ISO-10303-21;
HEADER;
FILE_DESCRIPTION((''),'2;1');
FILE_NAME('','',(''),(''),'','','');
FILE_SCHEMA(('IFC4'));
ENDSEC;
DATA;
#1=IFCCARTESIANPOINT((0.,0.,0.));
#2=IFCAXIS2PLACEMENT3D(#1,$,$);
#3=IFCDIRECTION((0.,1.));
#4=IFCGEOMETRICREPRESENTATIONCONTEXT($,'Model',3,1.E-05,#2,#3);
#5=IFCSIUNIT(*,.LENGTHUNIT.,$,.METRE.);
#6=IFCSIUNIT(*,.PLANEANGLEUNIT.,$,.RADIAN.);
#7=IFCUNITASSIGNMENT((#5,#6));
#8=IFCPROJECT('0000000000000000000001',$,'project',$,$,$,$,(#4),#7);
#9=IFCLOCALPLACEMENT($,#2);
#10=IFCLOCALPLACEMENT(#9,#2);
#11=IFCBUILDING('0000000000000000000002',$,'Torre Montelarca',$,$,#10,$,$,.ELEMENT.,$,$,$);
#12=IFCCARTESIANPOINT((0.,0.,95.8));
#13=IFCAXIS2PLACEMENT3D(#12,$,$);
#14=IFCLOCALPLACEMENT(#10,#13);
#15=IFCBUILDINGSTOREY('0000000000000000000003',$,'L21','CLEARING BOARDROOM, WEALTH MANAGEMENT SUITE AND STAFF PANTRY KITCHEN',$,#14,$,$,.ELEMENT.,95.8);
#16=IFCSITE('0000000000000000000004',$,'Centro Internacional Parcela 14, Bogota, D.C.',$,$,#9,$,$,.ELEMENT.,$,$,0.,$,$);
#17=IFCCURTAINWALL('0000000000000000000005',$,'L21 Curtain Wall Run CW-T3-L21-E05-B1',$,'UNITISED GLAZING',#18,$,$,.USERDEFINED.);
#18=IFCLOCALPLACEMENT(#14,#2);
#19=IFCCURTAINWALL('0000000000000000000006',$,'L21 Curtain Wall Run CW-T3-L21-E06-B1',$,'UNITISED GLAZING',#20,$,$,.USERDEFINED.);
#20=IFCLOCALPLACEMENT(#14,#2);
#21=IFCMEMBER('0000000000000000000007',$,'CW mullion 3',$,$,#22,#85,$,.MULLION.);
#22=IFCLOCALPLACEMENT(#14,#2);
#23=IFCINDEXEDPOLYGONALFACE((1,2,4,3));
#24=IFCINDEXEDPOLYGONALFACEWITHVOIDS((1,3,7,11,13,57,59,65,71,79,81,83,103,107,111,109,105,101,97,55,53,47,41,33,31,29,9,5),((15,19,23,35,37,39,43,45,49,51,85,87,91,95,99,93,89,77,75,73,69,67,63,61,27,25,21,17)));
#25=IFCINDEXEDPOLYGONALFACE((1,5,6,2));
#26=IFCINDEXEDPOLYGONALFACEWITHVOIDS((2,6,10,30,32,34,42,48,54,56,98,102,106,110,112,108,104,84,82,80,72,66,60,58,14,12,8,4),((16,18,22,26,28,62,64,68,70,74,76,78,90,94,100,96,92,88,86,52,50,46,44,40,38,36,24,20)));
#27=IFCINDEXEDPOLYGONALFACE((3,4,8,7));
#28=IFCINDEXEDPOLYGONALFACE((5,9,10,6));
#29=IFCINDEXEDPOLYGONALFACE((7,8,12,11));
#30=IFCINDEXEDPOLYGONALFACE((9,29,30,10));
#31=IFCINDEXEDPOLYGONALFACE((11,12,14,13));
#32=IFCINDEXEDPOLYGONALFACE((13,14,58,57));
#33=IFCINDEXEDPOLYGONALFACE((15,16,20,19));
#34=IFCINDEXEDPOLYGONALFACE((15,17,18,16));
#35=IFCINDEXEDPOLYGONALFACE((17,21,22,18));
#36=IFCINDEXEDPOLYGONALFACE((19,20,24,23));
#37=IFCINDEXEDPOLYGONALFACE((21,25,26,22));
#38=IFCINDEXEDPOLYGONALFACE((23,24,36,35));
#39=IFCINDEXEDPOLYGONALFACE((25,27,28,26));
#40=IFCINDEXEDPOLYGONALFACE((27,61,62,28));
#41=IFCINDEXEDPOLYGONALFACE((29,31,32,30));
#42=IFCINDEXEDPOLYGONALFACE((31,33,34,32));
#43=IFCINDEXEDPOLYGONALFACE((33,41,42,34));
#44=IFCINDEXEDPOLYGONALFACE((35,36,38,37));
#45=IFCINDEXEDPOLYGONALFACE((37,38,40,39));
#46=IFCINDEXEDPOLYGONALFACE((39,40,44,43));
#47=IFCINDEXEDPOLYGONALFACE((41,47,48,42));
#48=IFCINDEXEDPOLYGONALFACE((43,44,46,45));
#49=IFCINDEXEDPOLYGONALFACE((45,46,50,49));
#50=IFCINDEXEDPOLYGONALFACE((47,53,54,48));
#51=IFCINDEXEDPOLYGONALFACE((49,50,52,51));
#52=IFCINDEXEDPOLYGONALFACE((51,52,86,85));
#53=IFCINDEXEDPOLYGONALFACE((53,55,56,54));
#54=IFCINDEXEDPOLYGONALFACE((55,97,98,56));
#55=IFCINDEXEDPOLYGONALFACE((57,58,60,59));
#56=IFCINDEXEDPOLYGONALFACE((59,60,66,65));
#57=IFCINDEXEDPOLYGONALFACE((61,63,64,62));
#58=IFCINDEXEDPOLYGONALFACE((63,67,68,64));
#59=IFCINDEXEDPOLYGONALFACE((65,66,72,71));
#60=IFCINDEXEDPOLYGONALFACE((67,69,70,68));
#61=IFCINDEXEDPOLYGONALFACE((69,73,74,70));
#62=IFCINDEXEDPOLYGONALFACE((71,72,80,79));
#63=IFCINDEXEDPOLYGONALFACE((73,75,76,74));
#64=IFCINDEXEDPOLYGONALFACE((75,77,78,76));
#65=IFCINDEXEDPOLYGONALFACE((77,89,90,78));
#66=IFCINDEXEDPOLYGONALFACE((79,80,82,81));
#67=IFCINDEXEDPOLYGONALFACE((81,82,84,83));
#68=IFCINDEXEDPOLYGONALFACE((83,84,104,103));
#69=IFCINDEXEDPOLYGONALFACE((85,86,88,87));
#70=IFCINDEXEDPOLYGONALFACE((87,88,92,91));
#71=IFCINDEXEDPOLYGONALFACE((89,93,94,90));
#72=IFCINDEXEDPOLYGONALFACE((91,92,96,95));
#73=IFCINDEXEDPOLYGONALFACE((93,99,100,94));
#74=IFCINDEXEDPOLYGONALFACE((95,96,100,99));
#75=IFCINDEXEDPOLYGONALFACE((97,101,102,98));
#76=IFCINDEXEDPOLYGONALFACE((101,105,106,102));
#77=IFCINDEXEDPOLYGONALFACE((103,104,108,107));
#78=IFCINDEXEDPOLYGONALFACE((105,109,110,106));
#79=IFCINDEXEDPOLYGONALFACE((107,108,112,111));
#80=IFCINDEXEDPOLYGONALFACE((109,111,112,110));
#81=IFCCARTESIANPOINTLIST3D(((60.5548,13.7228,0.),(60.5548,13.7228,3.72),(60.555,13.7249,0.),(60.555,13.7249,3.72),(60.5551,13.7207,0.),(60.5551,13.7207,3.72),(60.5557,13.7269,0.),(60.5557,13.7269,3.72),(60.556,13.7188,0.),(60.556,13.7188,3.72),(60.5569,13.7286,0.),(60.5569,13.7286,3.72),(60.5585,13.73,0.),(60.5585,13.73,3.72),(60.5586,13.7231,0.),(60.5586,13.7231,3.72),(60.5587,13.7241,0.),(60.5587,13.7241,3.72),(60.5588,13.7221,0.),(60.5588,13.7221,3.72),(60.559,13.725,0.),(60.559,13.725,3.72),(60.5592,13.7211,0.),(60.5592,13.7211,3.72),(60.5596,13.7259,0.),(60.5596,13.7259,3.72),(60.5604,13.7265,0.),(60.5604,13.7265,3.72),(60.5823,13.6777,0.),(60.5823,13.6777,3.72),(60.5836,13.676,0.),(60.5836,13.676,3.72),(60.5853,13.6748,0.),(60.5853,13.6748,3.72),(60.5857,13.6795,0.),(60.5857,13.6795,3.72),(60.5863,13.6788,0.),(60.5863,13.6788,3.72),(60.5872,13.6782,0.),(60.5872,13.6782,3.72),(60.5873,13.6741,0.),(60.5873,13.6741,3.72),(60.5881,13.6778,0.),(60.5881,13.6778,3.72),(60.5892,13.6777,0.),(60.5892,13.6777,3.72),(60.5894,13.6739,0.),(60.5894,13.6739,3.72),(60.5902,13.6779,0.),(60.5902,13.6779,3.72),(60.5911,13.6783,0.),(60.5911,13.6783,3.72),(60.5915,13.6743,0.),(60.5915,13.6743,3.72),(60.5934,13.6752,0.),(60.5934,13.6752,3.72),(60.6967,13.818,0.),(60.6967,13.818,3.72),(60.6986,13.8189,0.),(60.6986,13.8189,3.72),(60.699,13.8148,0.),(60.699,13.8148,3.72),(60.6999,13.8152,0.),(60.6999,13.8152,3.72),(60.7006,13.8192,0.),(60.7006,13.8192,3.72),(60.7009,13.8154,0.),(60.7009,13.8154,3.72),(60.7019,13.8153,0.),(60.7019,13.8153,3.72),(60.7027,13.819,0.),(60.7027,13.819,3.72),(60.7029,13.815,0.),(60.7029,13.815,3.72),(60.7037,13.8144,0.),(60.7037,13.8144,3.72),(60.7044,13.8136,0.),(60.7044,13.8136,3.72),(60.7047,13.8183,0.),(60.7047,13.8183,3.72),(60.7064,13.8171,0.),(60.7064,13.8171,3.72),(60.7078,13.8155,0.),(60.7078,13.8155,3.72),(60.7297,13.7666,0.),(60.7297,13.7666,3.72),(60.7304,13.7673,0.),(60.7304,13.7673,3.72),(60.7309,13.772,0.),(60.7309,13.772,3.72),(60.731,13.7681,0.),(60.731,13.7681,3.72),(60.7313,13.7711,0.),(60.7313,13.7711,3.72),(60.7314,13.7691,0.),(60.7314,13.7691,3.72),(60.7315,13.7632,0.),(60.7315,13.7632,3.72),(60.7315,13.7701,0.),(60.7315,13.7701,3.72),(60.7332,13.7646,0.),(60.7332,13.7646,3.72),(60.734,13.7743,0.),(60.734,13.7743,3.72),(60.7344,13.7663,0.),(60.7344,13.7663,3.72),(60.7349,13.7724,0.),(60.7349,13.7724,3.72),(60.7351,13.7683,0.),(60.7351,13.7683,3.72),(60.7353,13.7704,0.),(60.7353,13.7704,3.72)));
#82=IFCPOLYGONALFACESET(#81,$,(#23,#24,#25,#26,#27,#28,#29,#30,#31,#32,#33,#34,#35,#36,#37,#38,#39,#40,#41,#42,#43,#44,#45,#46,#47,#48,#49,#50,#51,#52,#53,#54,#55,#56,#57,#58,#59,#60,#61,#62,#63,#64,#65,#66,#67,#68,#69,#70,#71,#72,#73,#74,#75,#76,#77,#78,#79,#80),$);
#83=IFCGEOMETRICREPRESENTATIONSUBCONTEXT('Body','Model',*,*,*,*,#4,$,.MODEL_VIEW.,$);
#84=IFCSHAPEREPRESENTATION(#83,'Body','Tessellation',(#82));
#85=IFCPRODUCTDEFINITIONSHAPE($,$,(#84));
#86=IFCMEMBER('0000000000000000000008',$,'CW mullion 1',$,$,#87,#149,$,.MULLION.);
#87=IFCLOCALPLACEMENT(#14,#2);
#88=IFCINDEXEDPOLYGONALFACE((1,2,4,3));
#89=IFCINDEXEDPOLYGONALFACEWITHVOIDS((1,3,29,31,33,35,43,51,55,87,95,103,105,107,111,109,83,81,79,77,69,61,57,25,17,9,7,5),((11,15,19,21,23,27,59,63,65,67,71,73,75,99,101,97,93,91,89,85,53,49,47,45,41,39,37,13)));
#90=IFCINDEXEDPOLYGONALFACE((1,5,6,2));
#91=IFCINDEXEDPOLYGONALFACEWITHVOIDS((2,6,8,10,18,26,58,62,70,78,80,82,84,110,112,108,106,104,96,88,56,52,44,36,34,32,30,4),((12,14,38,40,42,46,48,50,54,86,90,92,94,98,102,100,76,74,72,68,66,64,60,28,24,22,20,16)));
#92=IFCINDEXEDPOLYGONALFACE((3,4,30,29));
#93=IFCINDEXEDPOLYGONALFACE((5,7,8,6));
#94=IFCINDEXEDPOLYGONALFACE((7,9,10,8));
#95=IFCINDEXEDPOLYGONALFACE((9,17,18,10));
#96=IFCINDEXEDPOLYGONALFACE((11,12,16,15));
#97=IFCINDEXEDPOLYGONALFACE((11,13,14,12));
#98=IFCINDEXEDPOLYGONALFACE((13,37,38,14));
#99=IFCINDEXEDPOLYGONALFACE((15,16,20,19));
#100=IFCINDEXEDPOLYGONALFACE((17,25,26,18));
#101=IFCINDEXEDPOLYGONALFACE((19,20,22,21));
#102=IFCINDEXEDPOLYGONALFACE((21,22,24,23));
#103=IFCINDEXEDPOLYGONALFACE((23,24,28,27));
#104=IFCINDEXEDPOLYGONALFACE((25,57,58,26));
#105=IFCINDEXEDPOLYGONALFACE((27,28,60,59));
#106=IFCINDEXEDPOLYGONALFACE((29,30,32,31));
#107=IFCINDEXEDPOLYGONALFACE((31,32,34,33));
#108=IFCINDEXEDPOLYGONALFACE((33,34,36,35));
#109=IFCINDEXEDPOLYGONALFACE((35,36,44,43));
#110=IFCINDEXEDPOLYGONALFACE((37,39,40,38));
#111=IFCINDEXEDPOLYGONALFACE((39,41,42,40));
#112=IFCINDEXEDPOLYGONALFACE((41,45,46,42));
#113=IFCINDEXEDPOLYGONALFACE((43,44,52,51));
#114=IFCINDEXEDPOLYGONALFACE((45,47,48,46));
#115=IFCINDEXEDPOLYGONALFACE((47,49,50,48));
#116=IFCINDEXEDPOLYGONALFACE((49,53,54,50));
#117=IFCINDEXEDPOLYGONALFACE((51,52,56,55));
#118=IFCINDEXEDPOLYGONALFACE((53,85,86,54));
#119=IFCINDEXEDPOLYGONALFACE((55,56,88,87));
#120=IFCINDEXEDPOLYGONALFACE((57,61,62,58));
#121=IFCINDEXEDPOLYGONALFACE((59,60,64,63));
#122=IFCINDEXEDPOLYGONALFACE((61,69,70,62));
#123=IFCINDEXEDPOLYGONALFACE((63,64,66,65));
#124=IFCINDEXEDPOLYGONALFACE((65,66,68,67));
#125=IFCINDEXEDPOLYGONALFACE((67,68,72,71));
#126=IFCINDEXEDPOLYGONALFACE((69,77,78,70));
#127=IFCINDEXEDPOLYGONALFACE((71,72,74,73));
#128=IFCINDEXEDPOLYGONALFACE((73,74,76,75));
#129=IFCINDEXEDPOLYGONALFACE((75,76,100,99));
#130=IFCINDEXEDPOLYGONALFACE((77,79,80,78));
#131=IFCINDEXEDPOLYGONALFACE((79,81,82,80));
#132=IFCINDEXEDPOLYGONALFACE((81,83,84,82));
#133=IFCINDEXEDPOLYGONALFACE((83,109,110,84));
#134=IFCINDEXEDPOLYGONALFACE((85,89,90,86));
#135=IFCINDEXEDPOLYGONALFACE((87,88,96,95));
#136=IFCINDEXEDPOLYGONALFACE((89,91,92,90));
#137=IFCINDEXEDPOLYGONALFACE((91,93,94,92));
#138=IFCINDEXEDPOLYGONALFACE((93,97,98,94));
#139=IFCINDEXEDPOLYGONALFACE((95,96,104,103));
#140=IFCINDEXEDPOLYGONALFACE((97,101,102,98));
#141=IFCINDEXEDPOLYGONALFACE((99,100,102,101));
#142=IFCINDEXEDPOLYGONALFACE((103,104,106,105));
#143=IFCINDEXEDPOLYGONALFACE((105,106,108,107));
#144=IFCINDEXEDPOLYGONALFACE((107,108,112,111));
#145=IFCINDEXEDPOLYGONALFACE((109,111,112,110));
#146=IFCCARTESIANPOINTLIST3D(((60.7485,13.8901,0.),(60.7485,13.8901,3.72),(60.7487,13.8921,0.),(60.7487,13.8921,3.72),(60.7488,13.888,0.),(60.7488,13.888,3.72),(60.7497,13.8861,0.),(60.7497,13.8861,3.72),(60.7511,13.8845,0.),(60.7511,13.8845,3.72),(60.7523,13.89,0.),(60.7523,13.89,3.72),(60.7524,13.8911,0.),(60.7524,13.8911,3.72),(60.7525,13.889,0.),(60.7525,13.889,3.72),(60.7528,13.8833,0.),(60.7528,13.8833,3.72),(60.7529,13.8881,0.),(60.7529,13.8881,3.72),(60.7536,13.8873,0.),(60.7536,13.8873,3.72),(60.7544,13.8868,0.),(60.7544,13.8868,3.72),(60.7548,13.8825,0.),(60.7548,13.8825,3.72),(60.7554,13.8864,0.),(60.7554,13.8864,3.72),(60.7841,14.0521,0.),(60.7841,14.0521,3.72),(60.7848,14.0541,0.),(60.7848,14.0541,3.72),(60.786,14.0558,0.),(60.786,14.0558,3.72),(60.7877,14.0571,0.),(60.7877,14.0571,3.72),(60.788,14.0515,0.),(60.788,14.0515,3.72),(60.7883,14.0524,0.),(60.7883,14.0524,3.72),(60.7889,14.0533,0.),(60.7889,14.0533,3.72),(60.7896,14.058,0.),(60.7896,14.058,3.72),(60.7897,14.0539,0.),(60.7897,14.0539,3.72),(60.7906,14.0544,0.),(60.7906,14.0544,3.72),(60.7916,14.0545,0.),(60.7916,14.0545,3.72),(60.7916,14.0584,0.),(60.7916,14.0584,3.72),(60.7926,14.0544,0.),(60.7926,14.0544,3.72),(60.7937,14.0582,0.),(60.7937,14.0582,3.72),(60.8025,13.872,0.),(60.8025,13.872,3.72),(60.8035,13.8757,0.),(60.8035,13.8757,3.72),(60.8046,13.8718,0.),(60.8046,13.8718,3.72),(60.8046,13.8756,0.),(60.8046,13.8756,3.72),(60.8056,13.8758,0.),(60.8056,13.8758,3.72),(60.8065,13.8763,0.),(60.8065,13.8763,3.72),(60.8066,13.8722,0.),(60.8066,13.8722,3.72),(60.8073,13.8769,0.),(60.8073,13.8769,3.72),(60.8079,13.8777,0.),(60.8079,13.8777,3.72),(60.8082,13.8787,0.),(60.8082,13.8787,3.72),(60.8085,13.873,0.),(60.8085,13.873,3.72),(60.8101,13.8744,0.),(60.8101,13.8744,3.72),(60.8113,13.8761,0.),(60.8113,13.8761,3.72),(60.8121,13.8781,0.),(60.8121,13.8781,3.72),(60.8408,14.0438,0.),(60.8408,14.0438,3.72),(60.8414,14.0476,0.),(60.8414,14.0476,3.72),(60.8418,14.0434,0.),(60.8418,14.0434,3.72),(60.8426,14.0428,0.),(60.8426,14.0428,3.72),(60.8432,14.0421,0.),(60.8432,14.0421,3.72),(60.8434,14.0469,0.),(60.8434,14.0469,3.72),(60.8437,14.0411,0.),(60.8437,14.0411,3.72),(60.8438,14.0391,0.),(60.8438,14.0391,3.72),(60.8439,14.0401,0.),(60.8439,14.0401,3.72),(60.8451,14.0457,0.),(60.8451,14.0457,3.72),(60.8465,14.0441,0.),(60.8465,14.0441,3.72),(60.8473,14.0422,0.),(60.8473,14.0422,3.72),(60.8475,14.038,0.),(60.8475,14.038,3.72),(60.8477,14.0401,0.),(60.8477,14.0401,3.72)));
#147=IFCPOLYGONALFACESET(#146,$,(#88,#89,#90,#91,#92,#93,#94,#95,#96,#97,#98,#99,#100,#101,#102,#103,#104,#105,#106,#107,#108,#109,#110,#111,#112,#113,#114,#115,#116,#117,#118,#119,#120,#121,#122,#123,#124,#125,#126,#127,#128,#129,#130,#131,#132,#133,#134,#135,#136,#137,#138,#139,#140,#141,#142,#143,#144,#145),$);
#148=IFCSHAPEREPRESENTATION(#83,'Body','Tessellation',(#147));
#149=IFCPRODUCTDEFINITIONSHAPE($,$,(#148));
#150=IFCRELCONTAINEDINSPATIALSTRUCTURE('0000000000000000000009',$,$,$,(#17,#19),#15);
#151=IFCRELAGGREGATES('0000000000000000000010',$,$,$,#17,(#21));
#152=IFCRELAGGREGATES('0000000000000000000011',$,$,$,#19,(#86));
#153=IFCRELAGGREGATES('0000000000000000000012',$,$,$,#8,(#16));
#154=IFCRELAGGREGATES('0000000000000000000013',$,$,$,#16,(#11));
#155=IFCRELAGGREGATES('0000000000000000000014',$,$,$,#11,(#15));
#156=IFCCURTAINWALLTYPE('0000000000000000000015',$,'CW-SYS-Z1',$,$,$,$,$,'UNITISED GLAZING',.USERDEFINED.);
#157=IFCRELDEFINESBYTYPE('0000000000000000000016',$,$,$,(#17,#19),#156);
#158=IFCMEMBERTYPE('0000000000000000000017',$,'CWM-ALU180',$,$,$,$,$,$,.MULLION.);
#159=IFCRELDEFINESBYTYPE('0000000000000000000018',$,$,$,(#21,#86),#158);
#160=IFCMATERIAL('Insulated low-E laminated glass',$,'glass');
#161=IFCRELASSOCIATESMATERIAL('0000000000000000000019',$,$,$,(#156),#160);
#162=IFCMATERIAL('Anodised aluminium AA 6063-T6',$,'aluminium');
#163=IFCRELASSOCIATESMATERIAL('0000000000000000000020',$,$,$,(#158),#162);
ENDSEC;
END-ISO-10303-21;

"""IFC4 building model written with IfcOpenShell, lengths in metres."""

from ifc_helpers import new_model, si_unit, direction, frame, origin, origin_2d, place, context, subcontext, project, spatial, hollow_rectangle, extrude, source, transform, mapped, material, material_profile, profile_set, type_object, element, aggregate, save


model = new_model("IFC4")

# Units and contexts
model_context = context("Model", 3, precision=1e-05, world=origin(), true_north=direction((0.0, 1.0)))
body_context = subcontext(model_context, "Body", "Model", "MODEL_VIEW")
ifc_project = project(units=[si_unit("LENGTHUNIT", "METRE"), si_unit("PLANEANGLEUNIT", "RADIAN")], contexts=[model_context])

# Site, building, storey
site_placement = place(None, origin())
site = spatial("IfcSite", under=ifc_project, at=site_placement, Name="Centro Internacional Parcela 14, Bogota, D.C.", CompositionType="ELEMENT", RefElevation=0.0)
building_placement = place(site_placement, origin())
building = spatial("IfcBuilding", under=site, at=building_placement, Name="Torre Montelarca", CompositionType="ELEMENT")
storey_placement = place(building_placement, frame((0.0, 0.0, 95.8)))
storey = spatial("IfcBuildingStorey", under=building, at=storey_placement, Name="L21", Description="CLEARING BOARDROOM, WEALTH MANAGEMENT SUITE AND STAFF PANTRY KITCHEN", CompositionType="ELEMENT", Elevation=95.8)

# Curtain walls
ifc_material_1 = material(Name="Insulated low-E laminated glass", Category="glass")
curtain_wall_type = type_object("IfcCurtainWallType", Name="CW-SYS-Z1", ElementType="UNITISED GLAZING", PredefinedType="USERDEFINED", material=ifc_material_1)
ifc_material_2 = material(Name="Anodised aluminium AA 6063-T6", Category="aluminium")
curtain_wall_1_placement = place(storey_placement, origin())
curtain_wall_1 = element("IfcCurtainWall", 1, at=curtain_wall_1_placement, inside=storey, type_object=curtain_wall_type, Name="L21 Curtain Wall Run CW-T3-L21-E05-B1", ObjectType="UNITISED GLAZING", PredefinedType="USERDEFINED")
curtain_wall_2_placement = place(storey_placement, origin())
curtain_wall_2 = element("IfcCurtainWall", 2, at=curtain_wall_2_placement, inside=storey, type_object=curtain_wall_type, Name="L21 Curtain Wall Run CW-T3-L21-E06-B1", ObjectType="UNITISED GLAZING", PredefinedType="USERDEFINED")

# Members
ifc_material_profile_1 = material_profile(ifc_material_2, hollow_rectangle(XDim=0.0649, YDim=0.1799, WallThickness=0.0039, InnerFilletRadius=0.0039, OuterFilletRadius=0.0081, at=origin_2d()), Name="ALU65X180X4", Category="aluminium")
ifc_profile_set_1 = profile_set([ifc_material_profile_1], Name="Anodised aluminium AA 6063-T6")
member_type_1 = type_object("IfcMemberType", Name="CWM-ALU180", PredefinedType="MULLION", material=ifc_profile_set_1)
shared_shape_1 = source(origin(), body_context, "Body", "SweptSolid", [
    extrude(hollow_rectangle(XDim=0.0649, YDim=0.1799, WallThickness=0.0039, InnerFilletRadius=0.0039, OuterFilletRadius=0.0081, at=origin_2d()), origin(), (0.0, 0.0, 1.0), 3.72),
])
member_1_placement = place(storey_placement, frame((60.645, 13.7466, 0.0), z_axis=(0.0, 0.0, 1.0), x_axis=(-0.537304, 0.843388, 0.0)))
member_1 = element("IfcMember", 3, at=member_1_placement, type_object=member_type_1, Name="CW mullion 3", PredefinedType="MULLION", context=body_context, shape_type="MappedRepresentation", body=[
    mapped(shared_shape_1, transform((0.0, 0.0, 0.0), scale=1.0)),
])
member_2_placement = place(storey_placement, frame((60.7981, 13.9651, 0.0), z_axis=(0.0, 0.0, 1.0), x_axis=(-0.976296, 0.216441, 0.0)))
member_2 = element("IfcMember", 4, at=member_2_placement, type_object=member_type_1, Name="CW mullion 1", PredefinedType="MULLION", context=body_context, shape_type="MappedRepresentation", body=[
    mapped(shared_shape_1, transform((0.0, 0.0, 0.0), scale=1.0)),
])

aggregate(curtain_wall_1, [member_1])
aggregate(curtain_wall_2, [member_2])

save(model, "model.ifc")
